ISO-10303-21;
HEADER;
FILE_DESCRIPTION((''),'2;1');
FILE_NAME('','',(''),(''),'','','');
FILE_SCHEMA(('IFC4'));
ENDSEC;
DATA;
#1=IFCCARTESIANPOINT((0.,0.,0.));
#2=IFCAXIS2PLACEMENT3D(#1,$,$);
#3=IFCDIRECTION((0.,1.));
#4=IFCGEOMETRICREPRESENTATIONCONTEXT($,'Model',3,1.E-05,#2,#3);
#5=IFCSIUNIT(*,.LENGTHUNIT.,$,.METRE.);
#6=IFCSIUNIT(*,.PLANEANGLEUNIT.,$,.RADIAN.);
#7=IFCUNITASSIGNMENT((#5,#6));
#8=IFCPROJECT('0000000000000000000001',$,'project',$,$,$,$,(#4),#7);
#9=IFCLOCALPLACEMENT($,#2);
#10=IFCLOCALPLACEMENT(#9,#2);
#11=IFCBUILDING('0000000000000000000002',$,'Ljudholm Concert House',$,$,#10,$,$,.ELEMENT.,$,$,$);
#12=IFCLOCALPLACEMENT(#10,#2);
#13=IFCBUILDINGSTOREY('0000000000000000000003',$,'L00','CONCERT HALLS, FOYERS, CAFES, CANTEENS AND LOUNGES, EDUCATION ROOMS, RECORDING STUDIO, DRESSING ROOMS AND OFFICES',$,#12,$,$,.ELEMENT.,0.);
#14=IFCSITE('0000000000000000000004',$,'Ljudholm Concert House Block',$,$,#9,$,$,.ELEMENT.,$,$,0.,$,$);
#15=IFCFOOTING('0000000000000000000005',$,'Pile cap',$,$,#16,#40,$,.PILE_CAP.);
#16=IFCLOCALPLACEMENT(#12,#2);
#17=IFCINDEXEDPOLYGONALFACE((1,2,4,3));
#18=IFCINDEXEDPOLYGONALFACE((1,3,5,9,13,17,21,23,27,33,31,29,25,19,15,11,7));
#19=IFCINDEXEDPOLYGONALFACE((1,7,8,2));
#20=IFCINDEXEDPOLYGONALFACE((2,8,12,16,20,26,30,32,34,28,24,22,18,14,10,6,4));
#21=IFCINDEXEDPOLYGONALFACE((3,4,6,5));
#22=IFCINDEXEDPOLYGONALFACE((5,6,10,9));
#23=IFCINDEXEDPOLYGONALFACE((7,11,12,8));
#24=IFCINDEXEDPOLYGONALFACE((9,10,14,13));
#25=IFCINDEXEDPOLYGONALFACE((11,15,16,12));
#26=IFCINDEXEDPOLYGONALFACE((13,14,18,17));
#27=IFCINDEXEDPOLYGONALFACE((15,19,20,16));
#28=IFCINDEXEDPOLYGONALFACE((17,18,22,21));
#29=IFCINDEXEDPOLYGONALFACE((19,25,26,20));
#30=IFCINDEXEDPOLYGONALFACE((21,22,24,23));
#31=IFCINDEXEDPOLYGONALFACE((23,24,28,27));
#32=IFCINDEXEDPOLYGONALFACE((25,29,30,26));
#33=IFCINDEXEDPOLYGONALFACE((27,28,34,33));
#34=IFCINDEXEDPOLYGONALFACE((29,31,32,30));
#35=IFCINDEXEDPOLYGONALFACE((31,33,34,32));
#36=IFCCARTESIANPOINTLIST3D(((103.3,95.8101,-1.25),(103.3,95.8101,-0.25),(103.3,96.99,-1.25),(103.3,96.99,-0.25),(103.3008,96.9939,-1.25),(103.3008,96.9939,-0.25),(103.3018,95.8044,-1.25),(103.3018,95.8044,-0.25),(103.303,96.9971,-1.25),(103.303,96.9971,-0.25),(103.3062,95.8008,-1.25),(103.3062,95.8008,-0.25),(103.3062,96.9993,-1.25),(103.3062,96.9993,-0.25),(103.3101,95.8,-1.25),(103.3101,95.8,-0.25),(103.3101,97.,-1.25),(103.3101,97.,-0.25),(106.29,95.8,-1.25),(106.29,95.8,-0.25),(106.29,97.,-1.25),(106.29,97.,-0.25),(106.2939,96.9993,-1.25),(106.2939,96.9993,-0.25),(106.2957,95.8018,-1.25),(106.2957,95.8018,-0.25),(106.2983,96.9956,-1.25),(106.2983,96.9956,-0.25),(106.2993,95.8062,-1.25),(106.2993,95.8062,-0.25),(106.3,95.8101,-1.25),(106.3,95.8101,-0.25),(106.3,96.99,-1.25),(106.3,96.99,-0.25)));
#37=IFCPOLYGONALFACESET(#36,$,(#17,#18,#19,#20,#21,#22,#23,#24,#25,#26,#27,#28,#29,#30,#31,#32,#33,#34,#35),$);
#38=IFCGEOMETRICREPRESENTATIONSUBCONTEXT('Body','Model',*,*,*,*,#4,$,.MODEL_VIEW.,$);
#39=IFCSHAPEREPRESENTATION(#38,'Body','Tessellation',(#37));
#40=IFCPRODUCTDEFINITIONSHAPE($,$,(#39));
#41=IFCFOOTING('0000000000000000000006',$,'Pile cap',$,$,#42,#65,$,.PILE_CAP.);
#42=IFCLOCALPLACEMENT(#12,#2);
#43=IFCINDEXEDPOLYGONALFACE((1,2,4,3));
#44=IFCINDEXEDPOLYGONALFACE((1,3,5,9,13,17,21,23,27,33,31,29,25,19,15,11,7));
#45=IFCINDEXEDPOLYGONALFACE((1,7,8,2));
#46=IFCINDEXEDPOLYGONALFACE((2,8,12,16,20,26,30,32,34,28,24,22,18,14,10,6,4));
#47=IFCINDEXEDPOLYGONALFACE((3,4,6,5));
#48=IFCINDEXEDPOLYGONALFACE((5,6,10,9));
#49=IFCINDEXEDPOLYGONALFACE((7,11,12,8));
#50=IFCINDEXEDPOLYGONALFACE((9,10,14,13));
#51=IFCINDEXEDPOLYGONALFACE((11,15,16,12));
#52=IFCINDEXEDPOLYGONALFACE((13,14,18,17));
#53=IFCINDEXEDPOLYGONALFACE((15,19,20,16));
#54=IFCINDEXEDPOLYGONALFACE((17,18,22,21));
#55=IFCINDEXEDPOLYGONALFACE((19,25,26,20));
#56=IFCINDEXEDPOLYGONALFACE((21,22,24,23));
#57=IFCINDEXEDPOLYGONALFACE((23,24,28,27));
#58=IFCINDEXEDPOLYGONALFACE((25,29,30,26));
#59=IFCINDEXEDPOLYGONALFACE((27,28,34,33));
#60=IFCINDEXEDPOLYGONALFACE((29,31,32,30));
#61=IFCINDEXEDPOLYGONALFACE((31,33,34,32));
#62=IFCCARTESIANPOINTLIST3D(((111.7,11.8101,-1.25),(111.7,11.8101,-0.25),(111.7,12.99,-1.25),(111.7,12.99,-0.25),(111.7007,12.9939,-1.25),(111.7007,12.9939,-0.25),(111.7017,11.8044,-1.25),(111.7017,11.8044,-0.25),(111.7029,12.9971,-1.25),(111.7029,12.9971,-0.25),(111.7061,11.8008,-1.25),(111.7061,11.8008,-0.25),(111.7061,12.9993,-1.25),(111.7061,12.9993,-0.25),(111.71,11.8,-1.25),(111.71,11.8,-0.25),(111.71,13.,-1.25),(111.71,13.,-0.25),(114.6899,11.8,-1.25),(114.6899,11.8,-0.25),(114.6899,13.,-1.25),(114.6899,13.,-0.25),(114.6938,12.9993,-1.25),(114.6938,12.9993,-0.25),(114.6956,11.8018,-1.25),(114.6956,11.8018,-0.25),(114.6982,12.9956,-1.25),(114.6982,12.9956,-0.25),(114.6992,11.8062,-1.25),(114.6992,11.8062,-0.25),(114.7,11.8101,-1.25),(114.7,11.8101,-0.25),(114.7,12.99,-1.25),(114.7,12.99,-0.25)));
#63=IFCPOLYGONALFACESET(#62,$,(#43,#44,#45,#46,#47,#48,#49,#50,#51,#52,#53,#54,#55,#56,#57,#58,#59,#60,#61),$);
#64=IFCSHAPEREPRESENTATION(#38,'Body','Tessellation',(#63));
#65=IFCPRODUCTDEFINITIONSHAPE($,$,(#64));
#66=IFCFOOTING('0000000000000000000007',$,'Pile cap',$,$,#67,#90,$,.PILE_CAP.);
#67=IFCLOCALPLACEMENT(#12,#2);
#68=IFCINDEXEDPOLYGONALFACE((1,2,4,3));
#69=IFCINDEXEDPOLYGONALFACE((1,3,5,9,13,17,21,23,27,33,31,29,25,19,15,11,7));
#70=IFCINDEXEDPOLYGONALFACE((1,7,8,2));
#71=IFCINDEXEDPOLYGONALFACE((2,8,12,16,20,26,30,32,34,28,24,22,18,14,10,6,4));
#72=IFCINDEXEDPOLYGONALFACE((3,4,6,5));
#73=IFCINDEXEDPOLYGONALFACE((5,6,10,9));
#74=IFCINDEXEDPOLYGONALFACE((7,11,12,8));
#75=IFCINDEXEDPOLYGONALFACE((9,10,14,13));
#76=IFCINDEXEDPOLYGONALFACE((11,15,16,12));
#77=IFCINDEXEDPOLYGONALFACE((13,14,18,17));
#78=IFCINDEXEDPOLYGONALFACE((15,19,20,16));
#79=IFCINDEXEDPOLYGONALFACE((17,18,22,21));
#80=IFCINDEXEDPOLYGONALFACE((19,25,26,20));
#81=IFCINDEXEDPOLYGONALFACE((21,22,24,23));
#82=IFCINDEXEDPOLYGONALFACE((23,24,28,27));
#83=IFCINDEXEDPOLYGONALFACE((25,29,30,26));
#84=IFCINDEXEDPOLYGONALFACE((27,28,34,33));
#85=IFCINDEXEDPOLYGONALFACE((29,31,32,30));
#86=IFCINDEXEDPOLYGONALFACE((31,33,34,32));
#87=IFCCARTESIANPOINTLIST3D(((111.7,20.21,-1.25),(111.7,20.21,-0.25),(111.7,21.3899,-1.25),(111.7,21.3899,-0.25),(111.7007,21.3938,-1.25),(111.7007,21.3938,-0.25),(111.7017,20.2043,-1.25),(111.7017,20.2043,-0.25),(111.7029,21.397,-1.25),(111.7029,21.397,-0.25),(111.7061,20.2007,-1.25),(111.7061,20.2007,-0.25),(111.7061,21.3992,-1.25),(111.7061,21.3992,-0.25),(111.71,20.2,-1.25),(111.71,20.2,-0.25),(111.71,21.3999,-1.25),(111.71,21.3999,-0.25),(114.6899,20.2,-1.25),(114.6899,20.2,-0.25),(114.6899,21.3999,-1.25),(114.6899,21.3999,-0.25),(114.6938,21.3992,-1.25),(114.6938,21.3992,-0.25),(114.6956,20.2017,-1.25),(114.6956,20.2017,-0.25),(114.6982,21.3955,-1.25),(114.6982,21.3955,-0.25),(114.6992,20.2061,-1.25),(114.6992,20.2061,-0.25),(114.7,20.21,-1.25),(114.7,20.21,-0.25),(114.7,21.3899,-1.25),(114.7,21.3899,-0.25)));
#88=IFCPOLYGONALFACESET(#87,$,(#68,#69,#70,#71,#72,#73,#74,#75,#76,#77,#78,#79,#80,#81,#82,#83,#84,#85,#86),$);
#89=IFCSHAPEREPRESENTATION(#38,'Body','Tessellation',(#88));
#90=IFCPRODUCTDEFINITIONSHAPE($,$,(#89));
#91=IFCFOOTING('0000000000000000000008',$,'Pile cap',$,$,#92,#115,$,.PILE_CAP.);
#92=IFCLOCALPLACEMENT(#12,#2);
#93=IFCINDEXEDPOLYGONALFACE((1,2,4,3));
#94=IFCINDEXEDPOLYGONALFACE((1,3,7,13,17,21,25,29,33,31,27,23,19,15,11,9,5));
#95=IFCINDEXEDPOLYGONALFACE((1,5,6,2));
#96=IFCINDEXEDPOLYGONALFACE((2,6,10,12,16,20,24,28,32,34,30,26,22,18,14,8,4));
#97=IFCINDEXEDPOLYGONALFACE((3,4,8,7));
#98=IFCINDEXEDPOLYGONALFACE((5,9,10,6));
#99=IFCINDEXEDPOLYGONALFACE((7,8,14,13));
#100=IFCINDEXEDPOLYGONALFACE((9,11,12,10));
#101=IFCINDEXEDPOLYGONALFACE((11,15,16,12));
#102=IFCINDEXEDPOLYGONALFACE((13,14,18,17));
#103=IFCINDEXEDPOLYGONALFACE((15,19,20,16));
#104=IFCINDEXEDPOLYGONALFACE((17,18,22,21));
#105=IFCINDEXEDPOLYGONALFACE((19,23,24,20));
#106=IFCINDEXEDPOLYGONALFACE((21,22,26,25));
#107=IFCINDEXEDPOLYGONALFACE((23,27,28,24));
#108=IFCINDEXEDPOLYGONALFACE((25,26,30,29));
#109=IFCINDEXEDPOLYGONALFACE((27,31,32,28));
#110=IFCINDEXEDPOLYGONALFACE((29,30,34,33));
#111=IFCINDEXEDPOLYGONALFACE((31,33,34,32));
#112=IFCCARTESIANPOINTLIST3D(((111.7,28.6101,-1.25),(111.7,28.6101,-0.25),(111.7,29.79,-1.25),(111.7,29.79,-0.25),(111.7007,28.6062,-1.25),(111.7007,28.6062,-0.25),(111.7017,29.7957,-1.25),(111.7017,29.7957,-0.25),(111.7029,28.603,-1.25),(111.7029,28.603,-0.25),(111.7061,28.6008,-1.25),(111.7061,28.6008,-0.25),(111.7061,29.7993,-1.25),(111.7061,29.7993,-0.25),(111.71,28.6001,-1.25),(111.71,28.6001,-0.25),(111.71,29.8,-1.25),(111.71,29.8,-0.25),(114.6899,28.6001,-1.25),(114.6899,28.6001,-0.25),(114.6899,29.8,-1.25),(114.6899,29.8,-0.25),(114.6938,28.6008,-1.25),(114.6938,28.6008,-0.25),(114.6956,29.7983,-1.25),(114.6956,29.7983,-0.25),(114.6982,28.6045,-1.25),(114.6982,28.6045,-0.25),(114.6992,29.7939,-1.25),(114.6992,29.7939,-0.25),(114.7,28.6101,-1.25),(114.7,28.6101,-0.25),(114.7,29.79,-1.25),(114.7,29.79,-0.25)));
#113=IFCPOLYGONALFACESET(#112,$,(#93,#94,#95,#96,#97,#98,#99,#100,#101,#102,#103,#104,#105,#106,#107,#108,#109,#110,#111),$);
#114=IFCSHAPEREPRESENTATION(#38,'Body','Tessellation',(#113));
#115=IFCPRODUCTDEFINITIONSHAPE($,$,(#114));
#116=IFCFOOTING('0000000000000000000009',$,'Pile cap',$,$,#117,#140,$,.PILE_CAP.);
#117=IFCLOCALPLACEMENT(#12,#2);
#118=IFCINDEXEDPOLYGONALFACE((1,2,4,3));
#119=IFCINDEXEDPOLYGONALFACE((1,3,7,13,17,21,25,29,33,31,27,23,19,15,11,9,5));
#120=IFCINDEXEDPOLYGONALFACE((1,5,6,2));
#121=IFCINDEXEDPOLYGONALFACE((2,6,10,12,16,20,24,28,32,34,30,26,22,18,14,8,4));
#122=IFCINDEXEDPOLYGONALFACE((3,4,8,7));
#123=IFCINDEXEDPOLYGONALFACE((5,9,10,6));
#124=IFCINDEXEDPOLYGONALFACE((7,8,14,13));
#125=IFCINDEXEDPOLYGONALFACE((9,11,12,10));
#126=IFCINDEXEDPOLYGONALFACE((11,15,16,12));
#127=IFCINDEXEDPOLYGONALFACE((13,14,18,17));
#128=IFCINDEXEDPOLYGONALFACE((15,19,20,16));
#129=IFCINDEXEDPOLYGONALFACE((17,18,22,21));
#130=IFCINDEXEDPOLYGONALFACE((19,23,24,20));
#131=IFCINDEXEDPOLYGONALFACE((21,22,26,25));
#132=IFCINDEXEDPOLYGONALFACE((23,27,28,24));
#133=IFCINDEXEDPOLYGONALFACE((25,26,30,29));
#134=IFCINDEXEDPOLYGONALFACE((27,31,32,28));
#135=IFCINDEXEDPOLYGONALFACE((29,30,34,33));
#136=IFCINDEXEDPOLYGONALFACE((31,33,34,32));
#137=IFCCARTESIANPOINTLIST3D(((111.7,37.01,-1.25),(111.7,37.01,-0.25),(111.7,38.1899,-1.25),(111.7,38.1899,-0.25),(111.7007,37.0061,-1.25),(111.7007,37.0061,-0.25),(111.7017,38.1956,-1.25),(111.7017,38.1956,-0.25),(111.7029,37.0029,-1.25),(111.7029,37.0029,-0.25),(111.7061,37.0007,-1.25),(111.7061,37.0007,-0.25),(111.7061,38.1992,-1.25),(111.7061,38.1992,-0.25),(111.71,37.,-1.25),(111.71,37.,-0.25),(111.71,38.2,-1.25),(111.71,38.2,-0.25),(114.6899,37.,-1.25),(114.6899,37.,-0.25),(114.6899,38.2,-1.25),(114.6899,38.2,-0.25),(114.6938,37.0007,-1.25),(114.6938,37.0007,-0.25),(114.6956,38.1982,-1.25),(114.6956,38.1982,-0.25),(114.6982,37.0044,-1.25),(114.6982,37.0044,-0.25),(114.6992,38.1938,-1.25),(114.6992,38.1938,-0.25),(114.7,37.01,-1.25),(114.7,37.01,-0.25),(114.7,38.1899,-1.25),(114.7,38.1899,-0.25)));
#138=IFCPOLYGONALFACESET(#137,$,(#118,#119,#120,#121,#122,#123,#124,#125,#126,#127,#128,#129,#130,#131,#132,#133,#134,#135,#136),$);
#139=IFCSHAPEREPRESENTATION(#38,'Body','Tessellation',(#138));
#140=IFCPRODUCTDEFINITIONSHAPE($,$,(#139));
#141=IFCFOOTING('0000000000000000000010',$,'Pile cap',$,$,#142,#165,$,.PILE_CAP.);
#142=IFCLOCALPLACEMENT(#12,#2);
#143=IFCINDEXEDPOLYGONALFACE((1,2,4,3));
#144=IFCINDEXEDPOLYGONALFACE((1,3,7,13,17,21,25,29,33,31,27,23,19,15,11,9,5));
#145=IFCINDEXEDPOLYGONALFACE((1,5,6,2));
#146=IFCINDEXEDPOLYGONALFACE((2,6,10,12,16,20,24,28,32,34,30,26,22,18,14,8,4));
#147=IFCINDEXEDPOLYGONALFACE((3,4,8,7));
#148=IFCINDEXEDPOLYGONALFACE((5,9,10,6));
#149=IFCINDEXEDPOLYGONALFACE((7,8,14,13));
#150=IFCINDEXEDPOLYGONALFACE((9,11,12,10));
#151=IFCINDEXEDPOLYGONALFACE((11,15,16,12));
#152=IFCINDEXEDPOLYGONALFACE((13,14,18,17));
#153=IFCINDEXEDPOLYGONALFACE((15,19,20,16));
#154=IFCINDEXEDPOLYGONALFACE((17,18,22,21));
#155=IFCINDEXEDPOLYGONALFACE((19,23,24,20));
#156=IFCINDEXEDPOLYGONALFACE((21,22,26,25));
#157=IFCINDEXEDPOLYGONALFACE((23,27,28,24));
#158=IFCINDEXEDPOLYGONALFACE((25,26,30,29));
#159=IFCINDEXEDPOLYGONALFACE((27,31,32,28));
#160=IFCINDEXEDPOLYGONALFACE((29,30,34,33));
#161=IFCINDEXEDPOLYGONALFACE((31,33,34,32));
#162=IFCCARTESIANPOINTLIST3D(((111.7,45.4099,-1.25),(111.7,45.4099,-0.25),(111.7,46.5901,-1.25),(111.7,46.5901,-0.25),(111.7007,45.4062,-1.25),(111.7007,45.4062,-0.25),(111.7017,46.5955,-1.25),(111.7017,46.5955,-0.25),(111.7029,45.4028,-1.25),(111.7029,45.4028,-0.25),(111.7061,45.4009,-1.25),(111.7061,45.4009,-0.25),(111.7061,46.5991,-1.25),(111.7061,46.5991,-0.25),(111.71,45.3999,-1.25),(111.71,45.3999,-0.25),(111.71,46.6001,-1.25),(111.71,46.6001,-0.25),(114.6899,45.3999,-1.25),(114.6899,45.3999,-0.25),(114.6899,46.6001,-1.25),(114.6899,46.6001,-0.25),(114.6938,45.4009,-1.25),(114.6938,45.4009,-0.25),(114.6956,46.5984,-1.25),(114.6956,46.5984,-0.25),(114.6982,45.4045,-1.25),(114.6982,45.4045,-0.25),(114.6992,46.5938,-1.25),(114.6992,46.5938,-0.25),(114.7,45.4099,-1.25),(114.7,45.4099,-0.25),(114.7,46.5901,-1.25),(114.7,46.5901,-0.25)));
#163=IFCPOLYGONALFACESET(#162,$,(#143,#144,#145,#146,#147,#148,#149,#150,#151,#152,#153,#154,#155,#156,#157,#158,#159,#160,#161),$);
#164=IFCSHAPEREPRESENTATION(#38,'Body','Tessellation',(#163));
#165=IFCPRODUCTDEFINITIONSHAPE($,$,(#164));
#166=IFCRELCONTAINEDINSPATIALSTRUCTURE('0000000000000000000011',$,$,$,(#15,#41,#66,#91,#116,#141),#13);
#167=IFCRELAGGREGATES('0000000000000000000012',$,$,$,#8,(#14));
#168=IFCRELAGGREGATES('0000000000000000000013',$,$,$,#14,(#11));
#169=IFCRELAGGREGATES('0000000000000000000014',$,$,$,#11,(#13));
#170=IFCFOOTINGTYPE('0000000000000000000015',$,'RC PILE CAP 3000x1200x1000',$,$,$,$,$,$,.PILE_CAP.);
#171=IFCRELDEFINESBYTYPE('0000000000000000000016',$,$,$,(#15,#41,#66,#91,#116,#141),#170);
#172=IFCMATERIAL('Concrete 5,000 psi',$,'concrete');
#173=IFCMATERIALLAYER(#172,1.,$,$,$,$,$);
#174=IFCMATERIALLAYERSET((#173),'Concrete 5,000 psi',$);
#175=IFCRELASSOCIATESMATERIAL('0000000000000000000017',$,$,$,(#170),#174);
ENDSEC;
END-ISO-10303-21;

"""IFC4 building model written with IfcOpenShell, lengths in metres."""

from ifc_helpers import new_model, si_unit, direction, frame, origin, place, context, subcontext, project, spatial, polyline, outline, extrude, material, layer, layer_set, type_object, element, save


model = new_model("IFC4")

# Units and contexts
model_context = context("Model", 3, precision=1e-05, world=origin(), true_north=direction((0.0, 1.0)))
body_context = subcontext(model_context, "Body", "Model", "MODEL_VIEW")
ifc_project = project(units=[si_unit("LENGTHUNIT", "METRE"), si_unit("PLANEANGLEUNIT", "RADIAN")], contexts=[model_context])

# Site, building, storey
site_placement = place(None, origin())
site = spatial("IfcSite", under=ifc_project, at=site_placement, Name="Ljudholm Concert House Block", CompositionType="ELEMENT", RefElevation=0.0)
building_placement = place(site_placement, origin())
building = spatial("IfcBuilding", under=site, at=building_placement, Name="Ljudholm Concert House", CompositionType="ELEMENT")
storey_placement = place(building_placement, origin())
storey = spatial("IfcBuildingStorey", under=building, at=storey_placement, Name="L00", Description="CONCERT HALLS, FOYERS, CAFES, CANTEENS AND LOUNGES, EDUCATION ROOMS, RECORDING STUDIO, DRESSING ROOMS AND OFFICES", CompositionType="ELEMENT", Elevation=0.0)

# Footings
ifc_material_1 = material(Name="Concrete 5,000 psi", Category="concrete")
ifc_layer_1 = layer(ifc_material_1, 1.0)
ifc_layer_set_1 = layer_set([ifc_layer_1], Name="Concrete 5,000 psi")
footing_type_1 = type_object("IfcFootingType", Name="RC PILE CAP 3000x1200x1000", PredefinedType="PILE_CAP", material=ifc_layer_set_1)
footing_1_placement = place(storey_placement, frame((0.0, 0.0, -1.25)))
element("IfcFooting", 1, at=footing_1_placement, inside=storey, type_object=footing_type_1, Name="Pile cap", PredefinedType="PILE_CAP", context=body_context, shape_type="SweptSolid", body=[
    extrude(outline(polyline([(103.3, 96.99), (103.3, 95.8101), (103.3018, 95.8044), (103.3062, 95.8008), (103.3101, 95.8), (106.29, 95.8), (106.2957, 95.8018), (106.2993, 95.8062), (106.3, 95.8101), (106.3, 96.99), (106.2983, 96.9956), (106.2939, 96.9993), (106.29, 97.0), (103.3101, 97.0), (103.3062, 96.9993), (103.303, 96.9971), (103.3008, 96.9939), (103.3, 96.99)])), origin(), (0.0, 0.0, 1.0), 1.0),
])
footing_2_placement = place(storey_placement, frame((0.0, 0.0, -1.25)))
element("IfcFooting", 2, at=footing_2_placement, inside=storey, type_object=footing_type_1, Name="Pile cap", PredefinedType="PILE_CAP", context=body_context, shape_type="SweptSolid", body=[
    extrude(outline(polyline([(111.7, 12.99), (111.7, 11.8101), (111.7017, 11.8044), (111.7061, 11.8008), (111.71, 11.8), (114.6899, 11.8), (114.6956, 11.8018), (114.6992, 11.8062), (114.7, 11.8101), (114.7, 12.99), (114.6982, 12.9956), (114.6938, 12.9993), (114.6899, 13.0), (111.71, 13.0), (111.7061, 12.9993), (111.7029, 12.9971), (111.7007, 12.9939), (111.7, 12.99)])), origin(), (0.0, 0.0, 1.0), 1.0),
])
footing_3_placement = place(storey_placement, frame((0.0, 0.0, -1.25)))
element("IfcFooting", 3, at=footing_3_placement, inside=storey, type_object=footing_type_1, Name="Pile cap", PredefinedType="PILE_CAP", context=body_context, shape_type="SweptSolid", body=[
    extrude(outline(polyline([(111.7, 21.3899), (111.7, 20.21), (111.7017, 20.2043), (111.7061, 20.2007), (111.71, 20.2), (114.6899, 20.2), (114.6956, 20.2017), (114.6992, 20.2061), (114.7, 20.21), (114.7, 21.3899), (114.6982, 21.3955), (114.6938, 21.3992), (114.6899, 21.3999), (111.71, 21.3999), (111.7061, 21.3992), (111.7029, 21.397), (111.7007, 21.3938), (111.7, 21.3899)])), origin(), (0.0, 0.0, 1.0), 1.0),
])
footing_4_placement = place(storey_placement, frame((0.0, 0.0, -1.25)))
element("IfcFooting", 4, at=footing_4_placement, inside=storey, type_object=footing_type_1, Name="Pile cap", PredefinedType="PILE_CAP", context=body_context, shape_type="SweptSolid", body=[
    extrude(outline(polyline([(111.71, 28.6001), (114.6899, 28.6001), (114.6938, 28.6008), (114.6982, 28.6045), (114.7, 28.6101), (114.7, 29.79), (114.6992, 29.7939), (114.6956, 29.7983), (114.6899, 29.8), (111.71, 29.8), (111.7061, 29.7993), (111.7017, 29.7957), (111.7, 29.79), (111.7, 28.6101), (111.7007, 28.6062), (111.7029, 28.603), (111.7061, 28.6008), (111.71, 28.6001)])), origin(), (0.0, 0.0, 1.0), 1.0),
])
footing_5_placement = place(storey_placement, frame((0.0, 0.0, -1.25)))
element("IfcFooting", 5, at=footing_5_placement, inside=storey, type_object=footing_type_1, Name="Pile cap", PredefinedType="PILE_CAP", context=body_context, shape_type="SweptSolid", body=[
    extrude(outline(polyline([(111.71, 37.0), (114.6899, 37.0), (114.6938, 37.0007), (114.6982, 37.0044), (114.7, 37.01), (114.7, 38.1899), (114.6992, 38.1938), (114.6956, 38.1982), (114.6899, 38.2), (111.71, 38.2), (111.7061, 38.1992), (111.7017, 38.1956), (111.7, 38.1899), (111.7, 37.01), (111.7007, 37.0061), (111.7029, 37.0029), (111.7061, 37.0007), (111.71, 37.0)])), origin(), (0.0, 0.0, 1.0), 1.0),
])
footing_6_placement = place(storey_placement, frame((0.0, 0.0, -1.25)))
element("IfcFooting", 6, at=footing_6_placement, inside=storey, type_object=footing_type_1, Name="Pile cap", PredefinedType="PILE_CAP", context=body_context, shape_type="SweptSolid", body=[
    extrude(outline(polyline([(111.71, 45.3999), (114.6899, 45.3999), (114.6938, 45.4009), (114.6982, 45.4045), (114.7, 45.4099), (114.7, 46.5901), (114.6992, 46.5938), (114.6956, 46.5984), (114.6899, 46.6001), (111.71, 46.6001), (111.7061, 46.5991), (111.7017, 46.5955), (111.7, 46.5901), (111.7, 45.4099), (111.7007, 45.4062), (111.7029, 45.4028), (111.7061, 45.4009), (111.71, 45.3999)])), origin(), (0.0, 0.0, 1.0), 1.0),
])

save(model, "model.ifc")
